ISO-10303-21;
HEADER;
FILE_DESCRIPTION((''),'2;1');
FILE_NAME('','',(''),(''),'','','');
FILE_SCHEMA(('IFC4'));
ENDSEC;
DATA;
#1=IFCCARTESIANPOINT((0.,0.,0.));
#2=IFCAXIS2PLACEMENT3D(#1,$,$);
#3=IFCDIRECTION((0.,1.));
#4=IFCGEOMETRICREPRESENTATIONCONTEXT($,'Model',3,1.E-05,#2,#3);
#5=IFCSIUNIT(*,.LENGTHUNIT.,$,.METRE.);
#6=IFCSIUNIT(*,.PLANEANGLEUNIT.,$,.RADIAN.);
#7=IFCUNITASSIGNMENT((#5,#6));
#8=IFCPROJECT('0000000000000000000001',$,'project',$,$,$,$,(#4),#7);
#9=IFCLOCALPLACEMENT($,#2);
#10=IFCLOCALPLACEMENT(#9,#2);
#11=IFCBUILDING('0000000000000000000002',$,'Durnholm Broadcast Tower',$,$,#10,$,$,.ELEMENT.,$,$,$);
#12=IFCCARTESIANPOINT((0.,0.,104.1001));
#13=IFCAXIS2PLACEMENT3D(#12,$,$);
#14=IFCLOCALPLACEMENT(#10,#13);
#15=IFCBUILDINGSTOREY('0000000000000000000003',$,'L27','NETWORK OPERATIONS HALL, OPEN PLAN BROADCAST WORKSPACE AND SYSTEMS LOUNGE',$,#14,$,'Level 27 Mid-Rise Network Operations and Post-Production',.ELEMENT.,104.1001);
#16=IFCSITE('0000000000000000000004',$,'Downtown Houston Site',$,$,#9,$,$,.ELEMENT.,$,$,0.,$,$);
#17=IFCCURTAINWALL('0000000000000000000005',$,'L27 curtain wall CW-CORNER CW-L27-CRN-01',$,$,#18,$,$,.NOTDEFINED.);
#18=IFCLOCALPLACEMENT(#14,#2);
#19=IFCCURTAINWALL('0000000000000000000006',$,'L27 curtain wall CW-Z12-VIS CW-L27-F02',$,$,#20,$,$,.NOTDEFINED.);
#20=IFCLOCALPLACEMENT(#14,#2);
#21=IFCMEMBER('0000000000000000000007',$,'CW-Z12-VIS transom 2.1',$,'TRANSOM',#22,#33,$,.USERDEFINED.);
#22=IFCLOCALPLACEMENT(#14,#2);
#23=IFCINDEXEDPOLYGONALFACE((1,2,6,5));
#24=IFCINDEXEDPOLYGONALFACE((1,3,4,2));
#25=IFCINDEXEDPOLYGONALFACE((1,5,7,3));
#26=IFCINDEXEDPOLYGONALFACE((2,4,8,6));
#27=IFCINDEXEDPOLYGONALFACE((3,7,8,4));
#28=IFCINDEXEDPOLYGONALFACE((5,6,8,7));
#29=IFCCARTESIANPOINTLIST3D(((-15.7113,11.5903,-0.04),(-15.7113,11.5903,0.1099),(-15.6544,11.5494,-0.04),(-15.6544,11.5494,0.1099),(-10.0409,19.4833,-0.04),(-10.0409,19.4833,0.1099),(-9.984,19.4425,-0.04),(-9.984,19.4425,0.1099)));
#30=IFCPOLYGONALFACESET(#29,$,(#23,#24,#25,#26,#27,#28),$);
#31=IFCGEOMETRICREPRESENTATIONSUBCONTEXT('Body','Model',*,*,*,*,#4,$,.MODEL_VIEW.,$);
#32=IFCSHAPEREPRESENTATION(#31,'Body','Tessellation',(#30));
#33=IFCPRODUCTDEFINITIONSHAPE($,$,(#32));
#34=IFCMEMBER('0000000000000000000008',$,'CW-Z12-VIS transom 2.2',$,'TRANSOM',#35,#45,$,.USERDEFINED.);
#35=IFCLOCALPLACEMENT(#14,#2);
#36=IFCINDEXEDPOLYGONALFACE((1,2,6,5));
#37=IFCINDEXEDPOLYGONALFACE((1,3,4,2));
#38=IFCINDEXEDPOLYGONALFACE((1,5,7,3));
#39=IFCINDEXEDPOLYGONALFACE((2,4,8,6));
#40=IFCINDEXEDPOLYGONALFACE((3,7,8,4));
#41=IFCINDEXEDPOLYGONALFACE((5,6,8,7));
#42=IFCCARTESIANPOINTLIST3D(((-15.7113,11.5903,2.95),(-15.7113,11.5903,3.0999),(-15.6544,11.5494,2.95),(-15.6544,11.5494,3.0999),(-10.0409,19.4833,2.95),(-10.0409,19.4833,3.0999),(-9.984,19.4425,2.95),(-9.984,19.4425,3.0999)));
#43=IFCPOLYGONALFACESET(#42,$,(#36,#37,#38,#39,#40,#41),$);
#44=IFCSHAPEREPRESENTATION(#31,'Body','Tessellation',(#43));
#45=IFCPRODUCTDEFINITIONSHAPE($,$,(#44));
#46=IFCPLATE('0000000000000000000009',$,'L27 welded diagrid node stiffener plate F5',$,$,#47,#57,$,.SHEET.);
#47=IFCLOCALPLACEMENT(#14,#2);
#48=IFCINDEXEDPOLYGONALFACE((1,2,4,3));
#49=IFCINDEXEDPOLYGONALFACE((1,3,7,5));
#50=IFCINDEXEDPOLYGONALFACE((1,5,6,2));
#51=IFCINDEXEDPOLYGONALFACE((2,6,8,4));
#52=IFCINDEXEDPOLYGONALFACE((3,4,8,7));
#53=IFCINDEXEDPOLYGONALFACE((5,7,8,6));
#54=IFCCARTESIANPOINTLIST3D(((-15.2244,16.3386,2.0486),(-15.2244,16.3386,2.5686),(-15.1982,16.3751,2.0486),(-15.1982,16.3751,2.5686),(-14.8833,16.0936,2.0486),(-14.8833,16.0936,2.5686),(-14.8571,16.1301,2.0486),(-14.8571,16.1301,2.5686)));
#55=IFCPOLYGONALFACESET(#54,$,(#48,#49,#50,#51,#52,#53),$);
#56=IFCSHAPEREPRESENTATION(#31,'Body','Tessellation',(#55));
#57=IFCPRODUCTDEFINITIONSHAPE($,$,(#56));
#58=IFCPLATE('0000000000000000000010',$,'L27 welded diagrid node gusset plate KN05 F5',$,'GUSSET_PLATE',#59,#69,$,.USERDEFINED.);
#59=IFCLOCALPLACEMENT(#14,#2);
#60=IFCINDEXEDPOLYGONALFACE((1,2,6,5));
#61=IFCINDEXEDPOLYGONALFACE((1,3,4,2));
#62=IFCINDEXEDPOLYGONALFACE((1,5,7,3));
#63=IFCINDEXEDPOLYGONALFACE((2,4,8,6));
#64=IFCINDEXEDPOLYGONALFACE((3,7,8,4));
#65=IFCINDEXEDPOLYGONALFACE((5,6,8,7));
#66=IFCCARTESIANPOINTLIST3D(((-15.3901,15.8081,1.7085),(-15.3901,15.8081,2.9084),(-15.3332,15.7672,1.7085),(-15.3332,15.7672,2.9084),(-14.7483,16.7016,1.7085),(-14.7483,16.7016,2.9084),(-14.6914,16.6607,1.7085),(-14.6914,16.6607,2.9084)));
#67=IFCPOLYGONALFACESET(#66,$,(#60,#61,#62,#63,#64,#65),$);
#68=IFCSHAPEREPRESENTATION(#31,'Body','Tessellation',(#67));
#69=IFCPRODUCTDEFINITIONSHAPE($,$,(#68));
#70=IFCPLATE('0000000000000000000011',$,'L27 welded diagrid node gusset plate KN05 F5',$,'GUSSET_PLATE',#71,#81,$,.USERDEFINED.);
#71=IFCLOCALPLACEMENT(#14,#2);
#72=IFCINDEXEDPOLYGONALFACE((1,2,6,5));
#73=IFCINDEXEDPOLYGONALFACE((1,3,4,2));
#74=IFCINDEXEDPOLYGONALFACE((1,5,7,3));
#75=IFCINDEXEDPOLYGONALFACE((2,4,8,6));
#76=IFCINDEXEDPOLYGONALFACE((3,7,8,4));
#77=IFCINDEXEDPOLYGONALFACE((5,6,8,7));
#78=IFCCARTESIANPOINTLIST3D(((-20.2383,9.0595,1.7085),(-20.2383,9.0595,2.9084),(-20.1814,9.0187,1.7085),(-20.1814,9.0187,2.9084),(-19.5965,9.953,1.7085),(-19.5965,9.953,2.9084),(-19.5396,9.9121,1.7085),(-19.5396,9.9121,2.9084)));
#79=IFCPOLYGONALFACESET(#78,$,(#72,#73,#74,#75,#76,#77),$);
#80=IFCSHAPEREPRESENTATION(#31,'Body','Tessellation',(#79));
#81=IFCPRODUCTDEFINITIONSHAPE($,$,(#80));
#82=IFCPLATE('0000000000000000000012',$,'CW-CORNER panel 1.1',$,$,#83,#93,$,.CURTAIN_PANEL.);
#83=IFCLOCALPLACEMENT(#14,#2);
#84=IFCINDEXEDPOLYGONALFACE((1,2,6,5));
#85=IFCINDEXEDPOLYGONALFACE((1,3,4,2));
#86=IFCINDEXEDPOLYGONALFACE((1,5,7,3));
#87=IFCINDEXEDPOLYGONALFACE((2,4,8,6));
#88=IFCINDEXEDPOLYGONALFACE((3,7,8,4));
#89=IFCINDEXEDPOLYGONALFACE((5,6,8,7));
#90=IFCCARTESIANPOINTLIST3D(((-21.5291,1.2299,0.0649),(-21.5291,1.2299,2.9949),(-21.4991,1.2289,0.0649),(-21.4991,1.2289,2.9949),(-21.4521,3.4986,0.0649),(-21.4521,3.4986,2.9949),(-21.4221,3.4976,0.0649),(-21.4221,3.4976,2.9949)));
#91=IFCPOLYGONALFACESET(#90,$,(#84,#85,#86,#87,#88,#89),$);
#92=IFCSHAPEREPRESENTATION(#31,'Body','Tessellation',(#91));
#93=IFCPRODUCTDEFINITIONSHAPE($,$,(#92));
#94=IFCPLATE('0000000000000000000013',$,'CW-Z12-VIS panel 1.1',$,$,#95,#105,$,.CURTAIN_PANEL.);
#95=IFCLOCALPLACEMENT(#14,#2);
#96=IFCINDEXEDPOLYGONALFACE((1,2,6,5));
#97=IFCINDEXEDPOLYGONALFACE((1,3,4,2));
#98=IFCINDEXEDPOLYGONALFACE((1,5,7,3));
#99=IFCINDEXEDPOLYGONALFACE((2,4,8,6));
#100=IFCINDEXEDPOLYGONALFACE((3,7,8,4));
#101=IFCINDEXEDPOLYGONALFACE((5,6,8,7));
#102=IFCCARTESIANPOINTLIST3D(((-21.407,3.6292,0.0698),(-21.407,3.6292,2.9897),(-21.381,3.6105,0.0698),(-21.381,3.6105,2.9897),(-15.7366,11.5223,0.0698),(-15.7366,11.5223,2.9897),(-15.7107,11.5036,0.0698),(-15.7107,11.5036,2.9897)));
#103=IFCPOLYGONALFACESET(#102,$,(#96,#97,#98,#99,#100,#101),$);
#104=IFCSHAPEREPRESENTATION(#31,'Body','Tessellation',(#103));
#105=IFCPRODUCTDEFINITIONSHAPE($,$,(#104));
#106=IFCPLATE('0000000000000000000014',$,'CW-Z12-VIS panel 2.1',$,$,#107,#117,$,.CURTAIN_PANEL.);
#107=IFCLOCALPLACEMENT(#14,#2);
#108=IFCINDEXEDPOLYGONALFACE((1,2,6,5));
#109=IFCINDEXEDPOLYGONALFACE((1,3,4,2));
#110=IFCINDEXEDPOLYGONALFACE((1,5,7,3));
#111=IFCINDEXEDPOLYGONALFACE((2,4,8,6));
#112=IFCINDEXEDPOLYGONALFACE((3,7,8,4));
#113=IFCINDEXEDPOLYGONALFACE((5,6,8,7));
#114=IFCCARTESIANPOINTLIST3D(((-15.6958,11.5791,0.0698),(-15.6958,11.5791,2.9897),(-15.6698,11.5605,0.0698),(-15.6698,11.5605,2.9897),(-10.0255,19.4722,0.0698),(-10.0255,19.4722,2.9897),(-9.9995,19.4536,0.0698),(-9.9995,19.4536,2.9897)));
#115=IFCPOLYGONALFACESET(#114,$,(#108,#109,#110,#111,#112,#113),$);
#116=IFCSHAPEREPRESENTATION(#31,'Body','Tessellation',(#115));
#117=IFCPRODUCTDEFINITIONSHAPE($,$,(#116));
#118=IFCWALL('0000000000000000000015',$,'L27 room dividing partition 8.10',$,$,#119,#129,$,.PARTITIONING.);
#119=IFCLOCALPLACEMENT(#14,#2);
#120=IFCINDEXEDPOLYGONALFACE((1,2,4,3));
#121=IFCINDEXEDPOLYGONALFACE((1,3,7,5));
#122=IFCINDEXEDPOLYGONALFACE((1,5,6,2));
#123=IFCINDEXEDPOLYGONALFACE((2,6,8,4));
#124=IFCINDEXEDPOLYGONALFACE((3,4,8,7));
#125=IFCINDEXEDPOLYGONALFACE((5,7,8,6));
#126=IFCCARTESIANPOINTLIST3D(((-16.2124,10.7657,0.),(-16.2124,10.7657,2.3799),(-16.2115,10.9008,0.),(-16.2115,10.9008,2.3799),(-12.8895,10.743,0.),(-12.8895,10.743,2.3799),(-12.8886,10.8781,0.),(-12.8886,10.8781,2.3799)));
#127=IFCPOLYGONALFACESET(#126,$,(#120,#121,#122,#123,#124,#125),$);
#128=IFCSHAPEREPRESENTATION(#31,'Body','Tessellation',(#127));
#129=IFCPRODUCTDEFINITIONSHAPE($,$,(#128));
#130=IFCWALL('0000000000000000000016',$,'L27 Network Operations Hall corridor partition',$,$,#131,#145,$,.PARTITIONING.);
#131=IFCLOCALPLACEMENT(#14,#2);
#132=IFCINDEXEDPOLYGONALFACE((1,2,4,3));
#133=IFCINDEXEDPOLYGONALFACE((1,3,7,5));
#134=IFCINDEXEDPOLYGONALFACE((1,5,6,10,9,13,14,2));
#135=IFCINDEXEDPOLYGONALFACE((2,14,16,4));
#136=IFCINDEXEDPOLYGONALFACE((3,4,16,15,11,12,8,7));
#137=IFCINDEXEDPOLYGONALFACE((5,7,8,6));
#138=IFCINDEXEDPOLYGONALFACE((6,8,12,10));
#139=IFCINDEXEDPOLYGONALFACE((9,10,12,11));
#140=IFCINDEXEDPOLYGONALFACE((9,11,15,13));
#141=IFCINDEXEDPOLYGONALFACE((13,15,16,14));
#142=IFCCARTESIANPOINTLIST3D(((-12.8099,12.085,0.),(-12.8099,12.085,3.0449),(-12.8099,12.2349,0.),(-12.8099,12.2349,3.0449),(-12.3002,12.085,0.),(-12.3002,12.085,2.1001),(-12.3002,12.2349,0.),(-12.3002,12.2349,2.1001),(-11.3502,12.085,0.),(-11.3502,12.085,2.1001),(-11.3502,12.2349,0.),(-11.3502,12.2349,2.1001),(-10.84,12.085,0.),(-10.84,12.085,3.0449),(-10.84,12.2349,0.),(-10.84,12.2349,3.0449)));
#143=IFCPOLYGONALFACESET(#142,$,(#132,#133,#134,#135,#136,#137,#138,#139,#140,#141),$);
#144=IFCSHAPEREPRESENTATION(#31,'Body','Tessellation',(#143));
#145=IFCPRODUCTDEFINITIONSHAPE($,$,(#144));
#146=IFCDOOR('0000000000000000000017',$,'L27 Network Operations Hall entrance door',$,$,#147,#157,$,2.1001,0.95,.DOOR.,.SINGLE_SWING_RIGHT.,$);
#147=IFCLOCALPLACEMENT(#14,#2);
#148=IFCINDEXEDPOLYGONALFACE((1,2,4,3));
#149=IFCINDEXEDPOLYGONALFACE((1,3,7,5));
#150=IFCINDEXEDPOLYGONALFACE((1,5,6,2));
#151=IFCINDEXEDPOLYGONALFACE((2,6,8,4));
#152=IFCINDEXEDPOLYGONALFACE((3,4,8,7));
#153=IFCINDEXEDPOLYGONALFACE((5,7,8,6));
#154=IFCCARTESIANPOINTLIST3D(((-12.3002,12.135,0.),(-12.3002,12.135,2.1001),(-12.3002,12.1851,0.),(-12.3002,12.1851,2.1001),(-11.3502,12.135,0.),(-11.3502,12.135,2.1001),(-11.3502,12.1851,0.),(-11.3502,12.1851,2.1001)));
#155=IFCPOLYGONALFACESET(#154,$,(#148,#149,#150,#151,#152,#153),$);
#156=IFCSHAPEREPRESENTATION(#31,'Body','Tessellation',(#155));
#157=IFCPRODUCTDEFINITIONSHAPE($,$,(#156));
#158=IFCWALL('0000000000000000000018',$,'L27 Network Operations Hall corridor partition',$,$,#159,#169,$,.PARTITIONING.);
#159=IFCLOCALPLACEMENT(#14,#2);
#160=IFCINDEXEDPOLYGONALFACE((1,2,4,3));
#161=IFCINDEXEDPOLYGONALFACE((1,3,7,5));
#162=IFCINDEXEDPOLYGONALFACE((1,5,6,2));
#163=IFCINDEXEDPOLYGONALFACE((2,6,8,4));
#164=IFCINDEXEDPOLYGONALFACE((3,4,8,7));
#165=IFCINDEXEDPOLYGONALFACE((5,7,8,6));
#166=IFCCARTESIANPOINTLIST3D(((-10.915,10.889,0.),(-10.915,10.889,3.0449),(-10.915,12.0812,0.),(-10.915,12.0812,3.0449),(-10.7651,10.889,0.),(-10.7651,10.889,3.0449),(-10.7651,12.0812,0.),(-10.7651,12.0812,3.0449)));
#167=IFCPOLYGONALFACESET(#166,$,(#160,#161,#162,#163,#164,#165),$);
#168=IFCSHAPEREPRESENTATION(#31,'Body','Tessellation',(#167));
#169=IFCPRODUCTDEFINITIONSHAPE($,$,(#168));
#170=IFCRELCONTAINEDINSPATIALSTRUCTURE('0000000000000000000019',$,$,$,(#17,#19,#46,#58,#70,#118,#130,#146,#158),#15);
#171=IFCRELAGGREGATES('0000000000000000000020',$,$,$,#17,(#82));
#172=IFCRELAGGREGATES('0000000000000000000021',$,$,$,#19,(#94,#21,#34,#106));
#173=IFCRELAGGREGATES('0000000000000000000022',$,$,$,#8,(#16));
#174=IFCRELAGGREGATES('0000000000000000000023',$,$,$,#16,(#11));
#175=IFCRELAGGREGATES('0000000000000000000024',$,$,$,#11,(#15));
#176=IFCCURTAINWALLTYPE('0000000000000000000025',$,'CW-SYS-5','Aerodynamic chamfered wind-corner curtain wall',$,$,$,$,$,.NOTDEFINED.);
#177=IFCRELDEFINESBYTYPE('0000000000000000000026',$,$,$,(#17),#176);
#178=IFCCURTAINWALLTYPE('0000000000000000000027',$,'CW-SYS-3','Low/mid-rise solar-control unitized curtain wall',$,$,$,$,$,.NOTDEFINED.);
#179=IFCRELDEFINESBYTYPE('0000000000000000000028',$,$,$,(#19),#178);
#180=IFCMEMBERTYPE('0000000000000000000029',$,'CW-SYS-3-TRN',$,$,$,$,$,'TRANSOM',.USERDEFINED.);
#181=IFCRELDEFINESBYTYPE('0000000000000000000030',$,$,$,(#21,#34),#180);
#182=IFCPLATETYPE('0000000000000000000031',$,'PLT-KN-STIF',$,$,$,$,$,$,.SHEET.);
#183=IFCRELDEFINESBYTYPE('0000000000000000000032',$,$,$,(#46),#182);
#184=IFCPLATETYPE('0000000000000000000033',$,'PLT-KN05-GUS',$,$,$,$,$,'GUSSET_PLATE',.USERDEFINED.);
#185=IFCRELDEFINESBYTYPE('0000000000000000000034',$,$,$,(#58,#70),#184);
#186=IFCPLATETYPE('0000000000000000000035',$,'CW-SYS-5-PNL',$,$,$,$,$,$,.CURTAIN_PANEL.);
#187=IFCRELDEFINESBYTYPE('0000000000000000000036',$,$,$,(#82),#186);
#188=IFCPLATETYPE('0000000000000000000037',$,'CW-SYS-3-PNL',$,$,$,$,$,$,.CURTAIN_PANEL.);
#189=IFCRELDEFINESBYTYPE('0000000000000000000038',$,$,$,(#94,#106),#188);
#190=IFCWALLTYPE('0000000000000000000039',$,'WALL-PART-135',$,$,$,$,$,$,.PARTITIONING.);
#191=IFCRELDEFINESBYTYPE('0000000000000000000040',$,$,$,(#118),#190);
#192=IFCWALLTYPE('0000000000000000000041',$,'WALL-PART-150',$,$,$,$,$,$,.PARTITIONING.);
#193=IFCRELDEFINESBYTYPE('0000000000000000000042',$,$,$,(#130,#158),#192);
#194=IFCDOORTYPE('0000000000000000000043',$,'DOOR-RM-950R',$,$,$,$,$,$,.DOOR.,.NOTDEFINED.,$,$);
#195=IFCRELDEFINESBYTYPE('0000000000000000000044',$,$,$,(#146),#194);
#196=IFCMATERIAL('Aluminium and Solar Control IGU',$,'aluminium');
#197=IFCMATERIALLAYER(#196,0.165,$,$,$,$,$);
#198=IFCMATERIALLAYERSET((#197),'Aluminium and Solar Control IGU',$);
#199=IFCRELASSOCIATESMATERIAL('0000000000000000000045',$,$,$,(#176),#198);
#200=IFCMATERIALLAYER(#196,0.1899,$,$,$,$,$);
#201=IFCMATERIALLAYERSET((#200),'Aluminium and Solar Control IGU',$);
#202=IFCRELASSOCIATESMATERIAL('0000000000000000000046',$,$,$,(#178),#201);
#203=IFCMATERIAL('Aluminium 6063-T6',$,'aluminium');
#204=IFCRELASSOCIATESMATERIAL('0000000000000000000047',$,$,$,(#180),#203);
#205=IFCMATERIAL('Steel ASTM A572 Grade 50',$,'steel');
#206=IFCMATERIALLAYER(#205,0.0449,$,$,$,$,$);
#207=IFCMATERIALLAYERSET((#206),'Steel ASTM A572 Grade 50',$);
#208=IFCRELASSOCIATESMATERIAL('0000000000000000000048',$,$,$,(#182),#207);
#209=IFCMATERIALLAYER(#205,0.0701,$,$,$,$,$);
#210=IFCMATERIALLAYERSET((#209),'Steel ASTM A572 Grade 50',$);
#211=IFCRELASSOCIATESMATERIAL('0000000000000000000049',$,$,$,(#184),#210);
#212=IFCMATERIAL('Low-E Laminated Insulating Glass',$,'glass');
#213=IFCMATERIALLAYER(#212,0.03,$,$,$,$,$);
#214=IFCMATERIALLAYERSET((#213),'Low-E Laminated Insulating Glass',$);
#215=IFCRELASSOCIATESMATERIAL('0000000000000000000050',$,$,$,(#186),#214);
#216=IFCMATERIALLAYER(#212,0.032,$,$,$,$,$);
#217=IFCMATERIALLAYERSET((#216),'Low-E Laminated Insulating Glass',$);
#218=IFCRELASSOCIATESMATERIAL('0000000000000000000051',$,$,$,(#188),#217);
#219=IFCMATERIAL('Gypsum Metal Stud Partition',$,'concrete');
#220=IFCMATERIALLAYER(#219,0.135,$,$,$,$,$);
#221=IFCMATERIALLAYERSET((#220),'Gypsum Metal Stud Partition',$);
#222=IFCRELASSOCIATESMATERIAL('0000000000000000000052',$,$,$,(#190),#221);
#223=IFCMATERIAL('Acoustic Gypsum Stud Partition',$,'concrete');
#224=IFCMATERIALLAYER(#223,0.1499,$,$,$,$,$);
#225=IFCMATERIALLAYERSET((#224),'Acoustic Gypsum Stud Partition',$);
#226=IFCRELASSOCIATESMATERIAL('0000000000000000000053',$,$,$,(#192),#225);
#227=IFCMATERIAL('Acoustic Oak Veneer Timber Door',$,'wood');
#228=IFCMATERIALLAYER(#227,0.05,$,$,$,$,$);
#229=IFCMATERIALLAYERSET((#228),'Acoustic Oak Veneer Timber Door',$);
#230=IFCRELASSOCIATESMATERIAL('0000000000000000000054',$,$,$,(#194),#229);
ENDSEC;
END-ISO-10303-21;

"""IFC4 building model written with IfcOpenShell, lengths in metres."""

from ifc_helpers import new_model, si_unit, direction, frame, frame_2d, origin, origin_2d, place, context, subcontext, project, spatial, rectangle, extrude, source, transform, mapped, material, layer, layer_set, material_profile, profile_set, type_object, type_shapes, element, fill, aggregate, save


model = new_model("IFC4")

# Units and contexts
model_context = context("Model", 3, precision=1e-05, world=origin(), true_north=direction((0.0, 1.0)))
body_context = subcontext(model_context, "Body", "Model", "MODEL_VIEW")
ifc_project = project(units=[si_unit("LENGTHUNIT", "METRE"), si_unit("PLANEANGLEUNIT", "RADIAN")], contexts=[model_context])

# Site, building, storey
site_placement = place(None, origin())
site = spatial("IfcSite", under=ifc_project, at=site_placement, Name="Downtown Houston Site", CompositionType="ELEMENT", RefElevation=0.0)
building_placement = place(site_placement, origin())
building = spatial("IfcBuilding", under=site, at=building_placement, Name="Durnholm Broadcast Tower", CompositionType="ELEMENT")
storey_placement = place(building_placement, frame((0.0, 0.0, 104.1001)))
storey = spatial("IfcBuildingStorey", under=building, at=storey_placement, Name="L27", Description="NETWORK OPERATIONS HALL, OPEN PLAN BROADCAST WORKSPACE AND SYSTEMS LOUNGE", LongName="Level 27 Mid-Rise Network Operations and Post-Production", CompositionType="ELEMENT", Elevation=104.1001)

# Curtain wall
ifc_material_1 = material(Name="Aluminium and Solar Control IGU", Category="aluminium")
ifc_layer_1 = layer(ifc_material_1, 0.165)
ifc_layer_set_1 = layer_set([ifc_layer_1], Name="Aluminium and Solar Control IGU")
curtain_wall_type_1 = type_object("IfcCurtainWallType", Name="CW-SYS-5", Description="Aerodynamic chamfered wind-corner curtain wall", PredefinedType="NOTDEFINED", material=ifc_layer_set_1)
curtain_wall_1_placement = place(storey_placement, origin())
curtain_wall_1 = element("IfcCurtainWall", 1, at=curtain_wall_1_placement, inside=storey, type_object=curtain_wall_type_1, Name="L27 curtain wall CW-CORNER CW-L27-CRN-01", PredefinedType="NOTDEFINED")
ifc_material_2 = material(Name="Aluminium 6063-T6", Category="aluminium")

# Curtain wall
ifc_layer_2 = layer(ifc_material_1, 0.1899)
ifc_layer_set_2 = layer_set([ifc_layer_2], Name="Aluminium and Solar Control IGU")
curtain_wall_type_2 = type_object("IfcCurtainWallType", Name="CW-SYS-3", Description="Low/mid-rise solar-control unitized curtain wall", PredefinedType="NOTDEFINED", material=ifc_layer_set_2)
curtain_wall_2_placement = place(storey_placement, origin())
curtain_wall_2 = element("IfcCurtainWall", 2, at=curtain_wall_2_placement, inside=storey, type_object=curtain_wall_type_2, Name="L27 curtain wall CW-Z12-VIS CW-L27-F02", PredefinedType="NOTDEFINED")

# Members
ifc_material_profile_1 = material_profile(ifc_material_2, rectangle(XDim=0.0701, YDim=0.1499, at=origin_2d()), Name="CWT70X150")
ifc_profile_set_1 = profile_set([ifc_material_profile_1], Name="Aluminium 6063-T6")
member_type_1 = type_object("IfcMemberType", Name="CW-SYS-3-TRN", ElementType="TRANSOM", PredefinedType="USERDEFINED", material=ifc_profile_set_1)
shared_shape_1 = source(origin(), body_context, "Body", "SweptSolid", [
    extrude(rectangle(XDim=0.0701, YDim=0.1499, at=origin_2d()), origin(), (0.0, 0.0, 1.0), 9.7188),
])
type_shapes(member_type_1, [shared_shape_1])
member_1_placement = place(storey_placement, frame((-15.6829, 11.5698, 0.0349), z_axis=(0.583451, 0.812149, 0.0), x_axis=(-0.812149, 0.583451, 0.0)))
member_1 = element("IfcMember", 3, at=member_1_placement, type_object=member_type_1, Name="CW-Z12-VIS transom 2.1", ObjectType="TRANSOM", PredefinedType="USERDEFINED", context=body_context, shape_type="MappedRepresentation", body=[
    mapped(shared_shape_1, transform((0.0, 0.0, 0.0), x_axis=(1.0, 0.0, 0.0), y_axis=(0.0, 1.0, 0.0), z_axis=(0.0, 0.0, 1.0), scale=1.0)),
])
member_2_placement = place(storey_placement, frame((-15.6829, 11.5698, 3.0249), z_axis=(0.583451, 0.812149, 0.0), x_axis=(-0.812149, 0.583451, 0.0)))
member_2 = element("IfcMember", 4, at=member_2_placement, type_object=member_type_1, Name="CW-Z12-VIS transom 2.2", ObjectType="TRANSOM", PredefinedType="USERDEFINED", context=body_context, shape_type="MappedRepresentation", body=[
    mapped(shared_shape_1, transform((0.0, 0.0, 0.0), x_axis=(1.0, 0.0, 0.0), y_axis=(0.0, 1.0, 0.0), z_axis=(0.0, 0.0, 1.0), scale=1.0)),
])

# Plates
ifc_material_3 = material(Name="Steel ASTM A572 Grade 50", Category="steel")
ifc_layer_3 = layer(ifc_material_3, 0.0449)
ifc_layer_set_3 = layer_set([ifc_layer_3], Name="Steel ASTM A572 Grade 50")
plate_type_1 = type_object("IfcPlateType", Name="PLT-KN-STIF", PredefinedType="SHEET", material=ifc_layer_set_3)
shared_shape_2 = source(origin(), body_context, "Body", "SweptSolid", [
    extrude(rectangle(XDim=0.0449, YDim=0.4199, at=origin_2d()), origin(), (0.0, 0.0, 1.0), 0.52),
])
type_shapes(plate_type_1, [shared_shape_2])
plate_1_placement = place(storey_placement, frame((-15.0408, 16.2344, 2.0486), z_axis=(0.0, 0.0, 1.0), x_axis=(-0.583399, -0.812185, 0.0)))
element("IfcPlate", 5, at=plate_1_placement, inside=storey, type_object=plate_type_1, Name="L27 welded diagrid node stiffener plate F5", PredefinedType="SHEET", context=body_context, shape_type="MappedRepresentation", body=[
    mapped(shared_shape_2, transform((0.0, 0.0, 0.0), x_axis=(1.0, 0.0, 0.0), y_axis=(0.0, 1.0, 0.0), z_axis=(0.0, 0.0, 1.0), scale=1.0)),
])
ifc_layer_4 = layer(ifc_material_3, 0.0701)
ifc_layer_set_4 = layer_set([ifc_layer_4], Name="Steel ASTM A572 Grade 50")
plate_type_2 = type_object("IfcPlateType", Name="PLT-KN05-GUS", ElementType="GUSSET_PLATE", PredefinedType="USERDEFINED", material=ifc_layer_set_4)
shared_shape_3 = source(origin(), body_context, "Body", "SweptSolid", [
    extrude(rectangle(XDim=1.1001, YDim=0.0701, at=origin_2d()), origin(), (0.0, 0.0, 1.0), 1.2),
])
type_shapes(plate_type_2, [shared_shape_3])
for number, where, z_axis, x_axis, name in (
    (6, (-15.0408, 16.2344, 1.7085), (0.0, 0.0, 1.0), (-0.583399, -0.812185, 0.0), "L27 welded diagrid node gusset plate KN05 F5"),
    (7, (-19.8889, 9.4858, 1.7085), (0.0, 0.0, 1.0), (-0.583399, -0.812185, 0.0), "L27 welded diagrid node gusset plate KN05 F5"),
):
    element("IfcPlate", number, at=place(storey_placement, frame(where, z_axis=z_axis, x_axis=x_axis)), inside=storey, type_object=plate_type_2, Name=name, ObjectType="GUSSET_PLATE", PredefinedType="USERDEFINED", context=body_context, shape_type="MappedRepresentation", body=[
        mapped(shared_shape_3, transform((0.0, 0.0, 0.0), x_axis=(1.0, 0.0, 0.0), y_axis=(0.0, 1.0, 0.0), z_axis=(0.0, 0.0, 1.0), scale=1.0)),
    ])

# Plates
ifc_material_4 = material(Name="Low-E Laminated Insulating Glass", Category="glass")
ifc_layer_5 = layer(ifc_material_4, 0.03)
ifc_layer_set_5 = layer_set([ifc_layer_5], Name="Low-E Laminated Insulating Glass")
plate_type_3 = type_object("IfcPlateType", Name="CW-SYS-5-PNL", PredefinedType="CURTAIN_PANEL", material=ifc_layer_set_5)
shared_shape_4 = source(origin(), body_context, "Body", "SweptSolid", [
    extrude(rectangle(XDim=2.27, YDim=0.03, at=origin_2d()), origin(), (0.0, 0.0, 1.0), 2.9299),
])
type_shapes(plate_type_3, [shared_shape_4])
plate_2_placement = place(storey_placement, frame((-21.4756, 2.3638, 0.0649), z_axis=(0.0, 0.0, 1.0), x_axis=(0.033917, 0.999425, 0.0)))
plate_2 = element("IfcPlate", 8, at=plate_2_placement, type_object=plate_type_3, Name="CW-CORNER panel 1.1", PredefinedType="CURTAIN_PANEL", context=body_context, shape_type="MappedRepresentation", body=[
    mapped(shared_shape_4, transform((0.0, 0.0, 0.0), x_axis=(1.0, 0.0, 0.0), y_axis=(0.0, 1.0, 0.0), z_axis=(0.0, 0.0, 1.0), scale=1.0)),
])
aggregate(curtain_wall_1, [plate_2])
ifc_layer_6 = layer(ifc_material_4, 0.032)
ifc_layer_set_6 = layer_set([ifc_layer_6], Name="Low-E Laminated Insulating Glass")
plate_type_4 = type_object("IfcPlateType", Name="CW-SYS-3-PNL", PredefinedType="CURTAIN_PANEL", material=ifc_layer_set_6)
shared_shape_5 = source(origin(), body_context, "Body", "SweptSolid", [
    extrude(rectangle(XDim=9.7188, YDim=0.032, at=origin_2d()), origin(), (0.0, 0.0, 1.0), 2.9199),
])
type_shapes(plate_type_4, [shared_shape_5])
plate_3_placement = place(storey_placement, frame((-18.5588, 7.5664, 0.0698), z_axis=(0.0, 0.0, 1.0), x_axis=(0.583445, 0.812152, 0.0)))
plate_3 = element("IfcPlate", 9, at=plate_3_placement, type_object=plate_type_4, Name="CW-Z12-VIS panel 1.1", PredefinedType="CURTAIN_PANEL", context=body_context, shape_type="MappedRepresentation", body=[
    mapped(shared_shape_5, transform((0.0, 0.0, 0.0), x_axis=(1.0, 0.0, 0.0), y_axis=(0.0, 1.0, 0.0), z_axis=(0.0, 0.0, 1.0), scale=1.0)),
])
plate_4_placement = place(storey_placement, frame((-12.8477, 15.5164, 0.0698), z_axis=(0.0, 0.0, 1.0), x_axis=(0.583445, 0.812152, 0.0)))
plate_4 = element("IfcPlate", 10, at=plate_4_placement, type_object=plate_type_4, Name="CW-Z12-VIS panel 2.1", PredefinedType="CURTAIN_PANEL", context=body_context, shape_type="MappedRepresentation", body=[
    mapped(shared_shape_5, transform((0.0, 0.0, 0.0), x_axis=(1.0, 0.0, 0.0), y_axis=(0.0, 1.0, 0.0), z_axis=(0.0, 0.0, 1.0), scale=1.0)),
])
aggregate(curtain_wall_2, [plate_3, member_1, member_2, plate_4])

# Wall
ifc_material_5 = material(Name="Gypsum Metal Stud Partition", Category="concrete")
ifc_layer_7 = layer(ifc_material_5, 0.135)
ifc_layer_set_7 = layer_set([ifc_layer_7], Name="Gypsum Metal Stud Partition")
wall_type_1 = type_object("IfcWallType", Name="WALL-PART-135", PredefinedType="PARTITIONING", material=ifc_layer_set_7)
wall_1_placement = place(storey_placement, frame((-12.8889, 10.8105, 0.0), z_axis=(0.0, 0.0, 1.0), x_axis=(-0.999977, 0.006833, 0.0)))
element("IfcWall", 11, at=wall_1_placement, inside=storey, type_object=wall_type_1, Name="L27 room dividing partition 8.10", PredefinedType="PARTITIONING", context=body_context, shape_type="SweptSolid", body=[
    extrude(rectangle(XDim=3.323, YDim=0.135, at=frame_2d((1.6616, 0.0))), origin(), (0.0, 0.0, 1.0), 2.3799),
])

# Wall, opening, door
ifc_material_6 = material(Name="Acoustic Gypsum Stud Partition", Category="concrete")
ifc_layer_8 = layer(ifc_material_6, 0.1499)
ifc_layer_set_8 = layer_set([ifc_layer_8], Name="Acoustic Gypsum Stud Partition")
wall_type_2 = type_object("IfcWallType", Name="WALL-PART-150", PredefinedType="PARTITIONING", material=ifc_layer_set_8)
wall_2_placement = place(storey_placement, frame((-10.8401, 12.1599, 0.0), z_axis=(0.0, 0.0, 1.0), x_axis=(-1.0, 0.0, 0.0)))
wall_2 = element("IfcWall", 12, at=wall_2_placement, inside=storey, type_object=wall_type_2, Name="L27 Network Operations Hall corridor partition", PredefinedType="PARTITIONING", context=body_context, shape_type="SweptSolid", body=[
    extrude(rectangle(XDim=1.97, YDim=0.1499, at=frame_2d((0.9849, 0.0))), origin(), (0.0, 0.0, 1.0), 3.0449),
])
opening_1_placement = place(wall_2_placement, frame((0.51, 0.0, 0.0)))
opening_1 = element("IfcOpeningElement", 13, at=opening_1_placement, cuts=wall_2, PredefinedType="OPENING", context=body_context, shape_type="SweptSolid", body=[
    extrude(rectangle(XDim=0.95, YDim=2.1001, at=frame_2d((0.4751, 1.05))), frame((0.0, 0.085, 0.0), z_axis=(0.0, -1.0, 0.0), x_axis=(1.0, 0.0, 0.0)), (0.0, 0.0, 1.0), 0.1699),
])
ifc_material_7 = material(Name="Acoustic Oak Veneer Timber Door", Category="wood")
ifc_layer_9 = layer(ifc_material_7, 0.05)
ifc_layer_set_9 = layer_set([ifc_layer_9], Name="Acoustic Oak Veneer Timber Door")
door_type = type_object("IfcDoorType", Name="DOOR-RM-950R", OperationType="NOTDEFINED", PredefinedType="DOOR", material=ifc_layer_set_9)
shared_shape_6 = source(origin(), body_context, "Body", "SweptSolid", [
    extrude(rectangle(XDim=0.95, YDim=2.1001, at=frame_2d((0.4751, 1.05))), frame((0.0, 0.0249, 0.0), z_axis=(0.0, -1.0, 0.0), x_axis=(1.0, 0.0, 0.0)), (0.0, 0.0, 1.0), 0.05),
])
type_shapes(door_type, [shared_shape_6])
door_1_placement = place(opening_1_placement, origin())
door_1 = element("IfcDoor", 14, at=door_1_placement, inside=storey, type_object=door_type, Name="L27 Network Operations Hall entrance door", OperationType="SINGLE_SWING_RIGHT", OverallHeight=2.1001, OverallWidth=0.95, PredefinedType="DOOR", context=body_context, shape_type="MappedRepresentation", body=[
    mapped(shared_shape_6, transform((0.0, 0.0, 0.0), x_axis=(1.0, 0.0, 0.0), y_axis=(0.0, 1.0, 0.0), z_axis=(0.0, 0.0, 1.0), scale=1.0)),
])
fill(opening_1, door_1)

# Wall
wall_3_placement = place(storey_placement, frame((-10.8401, 10.8889, 0.0), z_axis=(0.0, 0.0, 1.0), x_axis=(0.0, 1.0, 0.0)))
element("IfcWall", 15, at=wall_3_placement, inside=storey, type_object=wall_type_2, Name="L27 Network Operations Hall corridor partition", PredefinedType="PARTITIONING", context=body_context, shape_type="SweptSolid", body=[
    extrude(rectangle(XDim=1.1921, YDim=0.1499, at=frame_2d((0.5962, 0.0))), origin(), (0.0, 0.0, 1.0), 3.0449),
])

save(model, "model.ifc")
